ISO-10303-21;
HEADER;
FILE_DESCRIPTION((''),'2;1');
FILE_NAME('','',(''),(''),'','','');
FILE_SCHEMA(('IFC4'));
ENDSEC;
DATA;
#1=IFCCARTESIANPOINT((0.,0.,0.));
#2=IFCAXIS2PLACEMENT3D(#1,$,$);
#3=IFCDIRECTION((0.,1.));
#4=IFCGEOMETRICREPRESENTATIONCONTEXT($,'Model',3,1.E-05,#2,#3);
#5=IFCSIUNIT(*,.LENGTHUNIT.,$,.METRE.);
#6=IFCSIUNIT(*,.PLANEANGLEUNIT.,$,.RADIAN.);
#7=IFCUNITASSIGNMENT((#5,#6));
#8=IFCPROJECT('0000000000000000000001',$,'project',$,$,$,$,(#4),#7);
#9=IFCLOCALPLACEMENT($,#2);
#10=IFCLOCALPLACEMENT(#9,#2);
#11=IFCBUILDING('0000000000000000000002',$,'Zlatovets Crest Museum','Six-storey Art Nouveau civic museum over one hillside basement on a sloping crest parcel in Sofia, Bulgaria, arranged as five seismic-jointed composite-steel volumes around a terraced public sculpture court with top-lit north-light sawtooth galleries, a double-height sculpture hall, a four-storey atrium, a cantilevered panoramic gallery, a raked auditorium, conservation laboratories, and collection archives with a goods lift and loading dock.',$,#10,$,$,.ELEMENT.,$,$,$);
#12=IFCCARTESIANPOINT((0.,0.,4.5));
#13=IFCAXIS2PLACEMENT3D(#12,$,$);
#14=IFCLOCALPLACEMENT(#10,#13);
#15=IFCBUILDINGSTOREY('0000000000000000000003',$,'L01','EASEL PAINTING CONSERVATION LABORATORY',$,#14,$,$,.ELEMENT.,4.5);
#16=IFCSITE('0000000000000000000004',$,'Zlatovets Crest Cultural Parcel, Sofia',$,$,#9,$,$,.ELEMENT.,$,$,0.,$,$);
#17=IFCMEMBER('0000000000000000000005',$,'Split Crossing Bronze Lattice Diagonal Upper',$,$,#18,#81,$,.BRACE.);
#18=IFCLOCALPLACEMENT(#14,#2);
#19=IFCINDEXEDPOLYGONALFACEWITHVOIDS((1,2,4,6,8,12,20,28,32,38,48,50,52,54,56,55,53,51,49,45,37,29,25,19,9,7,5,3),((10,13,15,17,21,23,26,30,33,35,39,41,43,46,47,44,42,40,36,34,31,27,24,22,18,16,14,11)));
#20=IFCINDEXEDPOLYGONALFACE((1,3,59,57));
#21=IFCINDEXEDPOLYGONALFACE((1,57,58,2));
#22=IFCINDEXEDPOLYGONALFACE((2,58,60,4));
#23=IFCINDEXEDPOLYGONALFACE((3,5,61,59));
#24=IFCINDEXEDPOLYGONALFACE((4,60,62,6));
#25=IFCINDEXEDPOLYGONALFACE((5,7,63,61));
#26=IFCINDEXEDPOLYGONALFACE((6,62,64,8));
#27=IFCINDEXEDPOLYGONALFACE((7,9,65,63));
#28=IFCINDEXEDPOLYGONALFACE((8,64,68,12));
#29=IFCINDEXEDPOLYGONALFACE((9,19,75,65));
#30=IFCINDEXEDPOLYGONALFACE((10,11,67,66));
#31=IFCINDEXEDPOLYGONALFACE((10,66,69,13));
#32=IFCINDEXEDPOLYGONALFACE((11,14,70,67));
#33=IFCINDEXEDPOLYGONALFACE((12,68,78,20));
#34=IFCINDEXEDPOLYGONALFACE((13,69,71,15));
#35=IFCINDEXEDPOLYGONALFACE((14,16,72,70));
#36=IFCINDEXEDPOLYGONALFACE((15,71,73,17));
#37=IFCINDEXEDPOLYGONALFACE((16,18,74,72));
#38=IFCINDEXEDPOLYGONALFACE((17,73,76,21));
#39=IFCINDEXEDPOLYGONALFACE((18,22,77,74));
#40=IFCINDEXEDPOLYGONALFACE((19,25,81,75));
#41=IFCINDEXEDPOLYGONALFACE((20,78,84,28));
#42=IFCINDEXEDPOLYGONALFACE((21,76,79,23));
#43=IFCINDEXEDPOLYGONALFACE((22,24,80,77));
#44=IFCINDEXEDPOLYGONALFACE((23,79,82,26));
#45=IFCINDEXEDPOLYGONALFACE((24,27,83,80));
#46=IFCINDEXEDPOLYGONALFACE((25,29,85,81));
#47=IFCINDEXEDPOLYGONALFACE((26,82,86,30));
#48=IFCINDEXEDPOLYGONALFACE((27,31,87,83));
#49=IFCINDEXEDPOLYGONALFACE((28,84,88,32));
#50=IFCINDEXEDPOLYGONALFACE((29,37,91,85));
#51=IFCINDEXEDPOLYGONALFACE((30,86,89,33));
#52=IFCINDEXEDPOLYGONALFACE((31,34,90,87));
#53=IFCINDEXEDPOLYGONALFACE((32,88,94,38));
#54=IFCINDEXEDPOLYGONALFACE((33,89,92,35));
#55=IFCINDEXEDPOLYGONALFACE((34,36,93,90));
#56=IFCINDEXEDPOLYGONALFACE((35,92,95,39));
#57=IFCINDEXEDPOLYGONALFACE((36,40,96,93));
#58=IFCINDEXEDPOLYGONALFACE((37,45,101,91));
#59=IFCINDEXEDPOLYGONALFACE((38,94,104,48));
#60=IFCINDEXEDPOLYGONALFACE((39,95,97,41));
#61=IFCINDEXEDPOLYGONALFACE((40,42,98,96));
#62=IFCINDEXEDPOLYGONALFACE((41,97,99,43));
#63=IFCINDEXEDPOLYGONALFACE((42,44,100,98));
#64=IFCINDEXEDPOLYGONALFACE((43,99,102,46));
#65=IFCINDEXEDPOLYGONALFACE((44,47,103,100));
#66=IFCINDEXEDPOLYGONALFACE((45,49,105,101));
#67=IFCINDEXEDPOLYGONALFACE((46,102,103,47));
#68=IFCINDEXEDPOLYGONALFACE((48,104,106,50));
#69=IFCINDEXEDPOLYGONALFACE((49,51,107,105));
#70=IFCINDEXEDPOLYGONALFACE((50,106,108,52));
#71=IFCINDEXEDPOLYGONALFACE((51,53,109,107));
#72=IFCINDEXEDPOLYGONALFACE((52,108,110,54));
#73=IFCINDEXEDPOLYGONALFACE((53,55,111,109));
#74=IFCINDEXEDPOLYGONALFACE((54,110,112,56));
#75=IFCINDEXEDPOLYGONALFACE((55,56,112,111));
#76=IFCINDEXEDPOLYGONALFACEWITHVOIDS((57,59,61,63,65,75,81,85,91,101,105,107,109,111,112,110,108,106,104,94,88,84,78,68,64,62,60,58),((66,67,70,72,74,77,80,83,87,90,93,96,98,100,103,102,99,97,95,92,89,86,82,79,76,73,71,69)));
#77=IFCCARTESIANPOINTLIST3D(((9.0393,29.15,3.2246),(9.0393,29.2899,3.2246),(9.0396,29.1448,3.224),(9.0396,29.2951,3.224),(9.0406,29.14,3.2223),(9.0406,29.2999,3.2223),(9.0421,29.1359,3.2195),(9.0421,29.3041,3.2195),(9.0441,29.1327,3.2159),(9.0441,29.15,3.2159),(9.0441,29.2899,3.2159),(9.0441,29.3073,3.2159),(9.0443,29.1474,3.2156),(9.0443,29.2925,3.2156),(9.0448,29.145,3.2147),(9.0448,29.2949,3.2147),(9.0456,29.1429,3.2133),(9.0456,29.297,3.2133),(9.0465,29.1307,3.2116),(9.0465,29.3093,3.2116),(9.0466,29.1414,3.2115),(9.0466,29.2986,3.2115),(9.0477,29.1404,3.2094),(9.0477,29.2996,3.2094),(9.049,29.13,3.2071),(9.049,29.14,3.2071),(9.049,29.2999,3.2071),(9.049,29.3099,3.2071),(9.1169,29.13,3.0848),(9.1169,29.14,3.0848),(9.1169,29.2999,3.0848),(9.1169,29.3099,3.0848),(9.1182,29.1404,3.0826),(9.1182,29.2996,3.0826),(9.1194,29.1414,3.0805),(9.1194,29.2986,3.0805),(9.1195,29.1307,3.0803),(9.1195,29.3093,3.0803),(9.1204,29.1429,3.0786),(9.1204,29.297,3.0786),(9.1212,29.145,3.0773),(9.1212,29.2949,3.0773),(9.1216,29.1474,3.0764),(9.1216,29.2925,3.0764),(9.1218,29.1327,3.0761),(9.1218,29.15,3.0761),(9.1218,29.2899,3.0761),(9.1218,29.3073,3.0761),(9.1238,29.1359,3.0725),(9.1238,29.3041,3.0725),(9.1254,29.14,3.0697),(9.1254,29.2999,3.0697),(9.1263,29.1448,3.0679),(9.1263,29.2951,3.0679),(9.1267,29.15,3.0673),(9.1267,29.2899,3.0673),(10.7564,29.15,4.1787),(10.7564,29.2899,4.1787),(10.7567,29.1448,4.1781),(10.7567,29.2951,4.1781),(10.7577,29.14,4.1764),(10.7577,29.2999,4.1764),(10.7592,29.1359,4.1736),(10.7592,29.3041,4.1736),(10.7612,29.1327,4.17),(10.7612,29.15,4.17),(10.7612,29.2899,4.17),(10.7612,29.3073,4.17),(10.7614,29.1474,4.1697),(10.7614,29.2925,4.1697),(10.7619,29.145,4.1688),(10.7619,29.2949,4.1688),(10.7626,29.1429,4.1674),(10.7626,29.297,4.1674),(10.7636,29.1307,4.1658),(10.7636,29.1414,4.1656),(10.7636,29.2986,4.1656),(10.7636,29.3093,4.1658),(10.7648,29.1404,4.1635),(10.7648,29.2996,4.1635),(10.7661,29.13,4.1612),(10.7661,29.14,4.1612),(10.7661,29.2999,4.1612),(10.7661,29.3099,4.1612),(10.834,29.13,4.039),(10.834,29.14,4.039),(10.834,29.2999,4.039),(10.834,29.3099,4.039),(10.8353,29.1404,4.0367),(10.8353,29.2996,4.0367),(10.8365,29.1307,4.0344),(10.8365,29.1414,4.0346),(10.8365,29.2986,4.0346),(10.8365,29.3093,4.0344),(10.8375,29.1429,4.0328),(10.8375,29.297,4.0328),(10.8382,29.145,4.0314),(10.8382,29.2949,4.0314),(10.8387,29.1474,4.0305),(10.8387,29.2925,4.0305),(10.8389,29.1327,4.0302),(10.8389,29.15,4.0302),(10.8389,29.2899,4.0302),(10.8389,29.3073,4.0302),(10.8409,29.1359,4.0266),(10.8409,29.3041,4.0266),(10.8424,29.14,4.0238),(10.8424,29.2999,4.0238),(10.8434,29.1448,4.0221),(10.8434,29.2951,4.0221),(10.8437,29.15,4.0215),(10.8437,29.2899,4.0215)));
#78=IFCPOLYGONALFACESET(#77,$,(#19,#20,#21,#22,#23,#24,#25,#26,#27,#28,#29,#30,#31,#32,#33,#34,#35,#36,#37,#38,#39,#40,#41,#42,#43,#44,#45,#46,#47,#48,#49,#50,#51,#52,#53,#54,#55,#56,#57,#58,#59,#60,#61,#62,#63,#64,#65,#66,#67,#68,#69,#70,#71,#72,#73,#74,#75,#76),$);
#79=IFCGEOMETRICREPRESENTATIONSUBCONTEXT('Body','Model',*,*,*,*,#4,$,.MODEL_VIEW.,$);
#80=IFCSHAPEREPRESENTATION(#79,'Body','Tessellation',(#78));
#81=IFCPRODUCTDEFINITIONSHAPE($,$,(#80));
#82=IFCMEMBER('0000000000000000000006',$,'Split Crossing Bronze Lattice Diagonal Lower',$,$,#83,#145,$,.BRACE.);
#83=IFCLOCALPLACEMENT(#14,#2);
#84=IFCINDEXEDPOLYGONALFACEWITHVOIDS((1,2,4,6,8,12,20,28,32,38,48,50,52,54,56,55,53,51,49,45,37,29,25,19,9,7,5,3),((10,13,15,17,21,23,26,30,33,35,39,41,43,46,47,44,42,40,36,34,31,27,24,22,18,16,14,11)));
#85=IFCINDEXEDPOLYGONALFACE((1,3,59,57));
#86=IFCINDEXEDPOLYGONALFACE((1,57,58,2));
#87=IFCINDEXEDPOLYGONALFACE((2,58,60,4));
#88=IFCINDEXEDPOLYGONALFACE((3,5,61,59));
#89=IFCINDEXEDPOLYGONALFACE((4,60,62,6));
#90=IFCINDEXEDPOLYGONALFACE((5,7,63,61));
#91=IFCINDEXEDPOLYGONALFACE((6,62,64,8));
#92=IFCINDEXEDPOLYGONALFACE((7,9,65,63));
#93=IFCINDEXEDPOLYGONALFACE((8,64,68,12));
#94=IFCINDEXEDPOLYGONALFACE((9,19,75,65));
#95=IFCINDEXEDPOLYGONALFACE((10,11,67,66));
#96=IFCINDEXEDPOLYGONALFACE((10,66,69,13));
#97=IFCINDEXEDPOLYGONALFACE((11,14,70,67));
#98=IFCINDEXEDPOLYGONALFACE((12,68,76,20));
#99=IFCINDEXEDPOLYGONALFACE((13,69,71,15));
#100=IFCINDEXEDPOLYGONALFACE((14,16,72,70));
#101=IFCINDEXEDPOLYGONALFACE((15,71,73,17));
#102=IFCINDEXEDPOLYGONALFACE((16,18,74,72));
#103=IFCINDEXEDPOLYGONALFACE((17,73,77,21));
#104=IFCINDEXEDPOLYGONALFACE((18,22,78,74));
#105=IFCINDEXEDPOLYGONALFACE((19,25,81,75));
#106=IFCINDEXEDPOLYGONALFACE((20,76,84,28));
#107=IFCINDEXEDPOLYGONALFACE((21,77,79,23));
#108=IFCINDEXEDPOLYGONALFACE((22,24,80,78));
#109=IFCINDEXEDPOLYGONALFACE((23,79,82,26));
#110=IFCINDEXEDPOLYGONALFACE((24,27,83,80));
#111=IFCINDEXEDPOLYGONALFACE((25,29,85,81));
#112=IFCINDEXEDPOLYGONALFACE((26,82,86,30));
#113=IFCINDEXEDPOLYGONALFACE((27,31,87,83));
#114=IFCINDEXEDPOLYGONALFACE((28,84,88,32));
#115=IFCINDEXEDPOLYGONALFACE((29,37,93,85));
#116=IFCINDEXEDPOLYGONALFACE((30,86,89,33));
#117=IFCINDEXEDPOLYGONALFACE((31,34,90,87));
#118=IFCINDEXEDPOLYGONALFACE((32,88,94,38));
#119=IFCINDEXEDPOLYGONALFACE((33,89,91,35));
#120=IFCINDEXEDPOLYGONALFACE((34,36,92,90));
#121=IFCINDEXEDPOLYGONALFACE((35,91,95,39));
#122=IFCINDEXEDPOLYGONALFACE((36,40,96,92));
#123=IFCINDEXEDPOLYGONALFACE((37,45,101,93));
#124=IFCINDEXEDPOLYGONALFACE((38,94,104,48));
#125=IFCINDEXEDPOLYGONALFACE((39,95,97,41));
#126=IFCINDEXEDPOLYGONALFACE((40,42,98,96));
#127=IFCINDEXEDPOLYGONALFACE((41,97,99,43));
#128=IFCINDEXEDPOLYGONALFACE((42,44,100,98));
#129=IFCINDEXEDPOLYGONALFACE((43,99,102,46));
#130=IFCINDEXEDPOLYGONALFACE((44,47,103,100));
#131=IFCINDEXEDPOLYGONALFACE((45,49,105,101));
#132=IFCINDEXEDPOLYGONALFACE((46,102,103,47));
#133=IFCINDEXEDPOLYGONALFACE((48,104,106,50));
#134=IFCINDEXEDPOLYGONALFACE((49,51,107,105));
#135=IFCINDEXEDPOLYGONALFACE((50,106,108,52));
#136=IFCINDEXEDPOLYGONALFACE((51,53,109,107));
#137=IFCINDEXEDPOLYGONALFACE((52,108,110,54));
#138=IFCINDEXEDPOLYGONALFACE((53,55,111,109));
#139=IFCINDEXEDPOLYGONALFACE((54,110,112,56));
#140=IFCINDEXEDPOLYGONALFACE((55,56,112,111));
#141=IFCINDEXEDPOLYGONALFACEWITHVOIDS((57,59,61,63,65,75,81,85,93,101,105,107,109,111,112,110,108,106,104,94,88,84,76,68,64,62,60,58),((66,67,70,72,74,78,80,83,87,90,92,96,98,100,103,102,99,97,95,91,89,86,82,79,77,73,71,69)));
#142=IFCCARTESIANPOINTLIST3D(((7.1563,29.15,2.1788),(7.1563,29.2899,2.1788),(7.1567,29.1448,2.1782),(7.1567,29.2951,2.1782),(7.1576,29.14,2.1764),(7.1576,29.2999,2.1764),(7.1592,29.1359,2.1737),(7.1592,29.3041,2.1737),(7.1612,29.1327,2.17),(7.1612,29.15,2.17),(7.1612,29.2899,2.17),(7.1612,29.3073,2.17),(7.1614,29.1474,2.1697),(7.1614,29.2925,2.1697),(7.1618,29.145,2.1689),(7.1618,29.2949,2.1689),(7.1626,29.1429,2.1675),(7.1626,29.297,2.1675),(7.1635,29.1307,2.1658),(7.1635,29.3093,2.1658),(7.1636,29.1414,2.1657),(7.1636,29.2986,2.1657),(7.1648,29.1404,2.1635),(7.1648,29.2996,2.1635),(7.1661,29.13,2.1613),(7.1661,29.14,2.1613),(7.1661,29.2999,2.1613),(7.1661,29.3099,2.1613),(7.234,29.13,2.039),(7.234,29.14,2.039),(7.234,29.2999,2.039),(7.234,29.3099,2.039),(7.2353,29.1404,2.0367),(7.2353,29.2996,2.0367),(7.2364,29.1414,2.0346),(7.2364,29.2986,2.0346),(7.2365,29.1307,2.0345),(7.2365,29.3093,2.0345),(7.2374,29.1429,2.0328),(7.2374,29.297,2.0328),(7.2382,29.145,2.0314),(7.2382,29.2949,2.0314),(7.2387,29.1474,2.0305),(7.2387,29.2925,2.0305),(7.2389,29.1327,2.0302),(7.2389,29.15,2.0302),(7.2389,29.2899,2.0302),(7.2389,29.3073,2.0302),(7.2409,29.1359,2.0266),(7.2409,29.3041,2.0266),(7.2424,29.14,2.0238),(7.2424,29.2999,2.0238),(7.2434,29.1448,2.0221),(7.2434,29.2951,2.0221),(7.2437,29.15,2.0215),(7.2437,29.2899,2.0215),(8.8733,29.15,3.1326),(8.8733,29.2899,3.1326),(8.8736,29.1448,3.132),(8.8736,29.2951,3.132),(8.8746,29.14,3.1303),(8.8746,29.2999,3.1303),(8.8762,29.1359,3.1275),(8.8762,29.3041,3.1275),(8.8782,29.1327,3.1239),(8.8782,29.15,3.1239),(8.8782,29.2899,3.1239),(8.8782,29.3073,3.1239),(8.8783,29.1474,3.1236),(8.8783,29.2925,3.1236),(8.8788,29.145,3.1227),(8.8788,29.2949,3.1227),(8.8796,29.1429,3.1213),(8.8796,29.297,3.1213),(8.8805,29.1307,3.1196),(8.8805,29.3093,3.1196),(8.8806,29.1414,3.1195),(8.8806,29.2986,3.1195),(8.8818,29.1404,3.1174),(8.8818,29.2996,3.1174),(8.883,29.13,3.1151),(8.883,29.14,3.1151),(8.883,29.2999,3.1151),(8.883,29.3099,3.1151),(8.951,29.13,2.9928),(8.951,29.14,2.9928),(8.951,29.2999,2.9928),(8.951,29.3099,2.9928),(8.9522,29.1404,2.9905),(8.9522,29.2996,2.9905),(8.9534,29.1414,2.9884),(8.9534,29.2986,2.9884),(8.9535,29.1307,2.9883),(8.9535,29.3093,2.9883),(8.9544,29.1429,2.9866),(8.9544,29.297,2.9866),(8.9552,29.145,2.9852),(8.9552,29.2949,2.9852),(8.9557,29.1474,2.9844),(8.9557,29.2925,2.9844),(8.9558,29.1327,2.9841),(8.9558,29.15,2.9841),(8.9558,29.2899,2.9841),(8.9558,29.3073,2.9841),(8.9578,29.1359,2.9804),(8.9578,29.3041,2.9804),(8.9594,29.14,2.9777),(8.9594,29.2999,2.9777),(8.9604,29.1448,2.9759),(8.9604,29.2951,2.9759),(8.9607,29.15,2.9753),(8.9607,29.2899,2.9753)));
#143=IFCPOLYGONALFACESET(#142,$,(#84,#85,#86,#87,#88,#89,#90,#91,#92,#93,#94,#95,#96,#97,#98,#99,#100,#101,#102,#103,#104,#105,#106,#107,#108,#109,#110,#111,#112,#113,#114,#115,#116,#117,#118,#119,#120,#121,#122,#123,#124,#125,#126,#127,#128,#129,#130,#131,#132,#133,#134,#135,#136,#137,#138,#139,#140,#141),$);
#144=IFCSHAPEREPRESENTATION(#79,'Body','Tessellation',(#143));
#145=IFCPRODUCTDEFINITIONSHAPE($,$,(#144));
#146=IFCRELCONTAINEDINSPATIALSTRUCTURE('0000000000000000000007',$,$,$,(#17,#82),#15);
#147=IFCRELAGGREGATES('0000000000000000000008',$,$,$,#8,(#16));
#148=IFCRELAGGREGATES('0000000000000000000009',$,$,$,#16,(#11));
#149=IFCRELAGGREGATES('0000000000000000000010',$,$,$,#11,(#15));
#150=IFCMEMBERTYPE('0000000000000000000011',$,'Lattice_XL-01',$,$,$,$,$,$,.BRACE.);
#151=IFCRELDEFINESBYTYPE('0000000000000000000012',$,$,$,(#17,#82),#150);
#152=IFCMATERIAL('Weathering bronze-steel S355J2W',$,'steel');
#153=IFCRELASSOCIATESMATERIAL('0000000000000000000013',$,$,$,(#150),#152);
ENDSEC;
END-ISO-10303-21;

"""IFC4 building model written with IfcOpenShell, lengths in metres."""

from ifc_helpers import new_model, si_unit, direction, frame, origin, origin_2d, place, context, subcontext, project, spatial, hollow_rectangle, extrude, material, material_profile, profile_set, type_object, element, save


model = new_model("IFC4")

# Units and contexts
model_context = context("Model", 3, precision=1e-05, world=origin(), true_north=direction((0.0, 1.0)))
body_context = subcontext(model_context, "Body", "Model", "MODEL_VIEW")
ifc_project = project(units=[si_unit("LENGTHUNIT", "METRE"), si_unit("PLANEANGLEUNIT", "RADIAN")], contexts=[model_context])

# Site, building, storey
site_placement = place(None, origin())
site = spatial("IfcSite", under=ifc_project, at=site_placement, Name="Zlatovets Crest Cultural Parcel, Sofia", CompositionType="ELEMENT", RefElevation=0.0)
building_placement = place(site_placement, origin())
building = spatial("IfcBuilding", under=site, at=building_placement, Name="Zlatovets Crest Museum", Description="Six-storey Art Nouveau civic museum over one hillside basement on a sloping crest parcel in Sofia, Bulgaria, arranged as five seismic-jointed composite-steel volumes around a terraced public sculpture court with top-lit north-light sawtooth galleries, a double-height sculpture hall, a four-storey atrium, a cantilevered panoramic gallery, a raked auditorium, conservation laboratories, and collection archives with a goods lift and loading dock.", CompositionType="ELEMENT")
storey_placement = place(building_placement, frame((0.0, 0.0, 4.5)))
storey = spatial("IfcBuildingStorey", under=building, at=storey_placement, Name="L01", Description="EASEL PAINTING CONSERVATION LABORATORY", CompositionType="ELEMENT", Elevation=4.5)

# Members
ifc_material_1 = material(Name="Weathering bronze-steel S355J2W", Category="steel")
ifc_material_profile_1 = material_profile(ifc_material_1, hollow_rectangle(XDim=0.1799, YDim=0.1799, WallThickness=0.01, InnerFilletRadius=0.01, OuterFilletRadius=0.02, at=origin_2d()), Name="SHS 180x180x10.0")
ifc_profile_set_1 = profile_set([ifc_material_profile_1], Name="Weathering bronze-steel S355J2W")
member_type_1 = type_object("IfcMemberType", Name="Lattice_XL-01", PredefinedType="BRACE", material=ifc_profile_set_1)
member_1_placement = place(storey_placement, frame((10.8, 29.22, 4.1001), z_axis=(-0.874116, 0.0, -0.485717), x_axis=(0.0, -1.0, 0.0)))
element("IfcMember", 1, at=member_1_placement, inside=storey, type_object=member_type_1, Name="Split Crossing Bronze Lattice Diagonal Upper", PredefinedType="BRACE", context=body_context, shape_type="SweptSolid", body=[
    extrude(hollow_rectangle(XDim=0.1799, YDim=0.1799, WallThickness=0.01, InnerFilletRadius=0.01, OuterFilletRadius=0.02, at=origin_2d()), origin(), (0.0, 0.0, 1.0), 1.9644),
])
member_2_placement = place(storey_placement, frame((8.917, 29.22, 3.054), z_axis=(-0.874169, 0.0, -0.485622), x_axis=(0.0, -1.0, 0.0)))
element("IfcMember", 2, at=member_2_placement, inside=storey, type_object=member_type_1, Name="Split Crossing Bronze Lattice Diagonal Lower", PredefinedType="BRACE", context=body_context, shape_type="SweptSolid", body=[
    extrude(hollow_rectangle(XDim=0.1799, YDim=0.1799, WallThickness=0.01, InnerFilletRadius=0.01, OuterFilletRadius=0.02, at=origin_2d()), origin(), (0.0, 0.0, 1.0), 1.9641),
])

save(model, "model.ifc")
